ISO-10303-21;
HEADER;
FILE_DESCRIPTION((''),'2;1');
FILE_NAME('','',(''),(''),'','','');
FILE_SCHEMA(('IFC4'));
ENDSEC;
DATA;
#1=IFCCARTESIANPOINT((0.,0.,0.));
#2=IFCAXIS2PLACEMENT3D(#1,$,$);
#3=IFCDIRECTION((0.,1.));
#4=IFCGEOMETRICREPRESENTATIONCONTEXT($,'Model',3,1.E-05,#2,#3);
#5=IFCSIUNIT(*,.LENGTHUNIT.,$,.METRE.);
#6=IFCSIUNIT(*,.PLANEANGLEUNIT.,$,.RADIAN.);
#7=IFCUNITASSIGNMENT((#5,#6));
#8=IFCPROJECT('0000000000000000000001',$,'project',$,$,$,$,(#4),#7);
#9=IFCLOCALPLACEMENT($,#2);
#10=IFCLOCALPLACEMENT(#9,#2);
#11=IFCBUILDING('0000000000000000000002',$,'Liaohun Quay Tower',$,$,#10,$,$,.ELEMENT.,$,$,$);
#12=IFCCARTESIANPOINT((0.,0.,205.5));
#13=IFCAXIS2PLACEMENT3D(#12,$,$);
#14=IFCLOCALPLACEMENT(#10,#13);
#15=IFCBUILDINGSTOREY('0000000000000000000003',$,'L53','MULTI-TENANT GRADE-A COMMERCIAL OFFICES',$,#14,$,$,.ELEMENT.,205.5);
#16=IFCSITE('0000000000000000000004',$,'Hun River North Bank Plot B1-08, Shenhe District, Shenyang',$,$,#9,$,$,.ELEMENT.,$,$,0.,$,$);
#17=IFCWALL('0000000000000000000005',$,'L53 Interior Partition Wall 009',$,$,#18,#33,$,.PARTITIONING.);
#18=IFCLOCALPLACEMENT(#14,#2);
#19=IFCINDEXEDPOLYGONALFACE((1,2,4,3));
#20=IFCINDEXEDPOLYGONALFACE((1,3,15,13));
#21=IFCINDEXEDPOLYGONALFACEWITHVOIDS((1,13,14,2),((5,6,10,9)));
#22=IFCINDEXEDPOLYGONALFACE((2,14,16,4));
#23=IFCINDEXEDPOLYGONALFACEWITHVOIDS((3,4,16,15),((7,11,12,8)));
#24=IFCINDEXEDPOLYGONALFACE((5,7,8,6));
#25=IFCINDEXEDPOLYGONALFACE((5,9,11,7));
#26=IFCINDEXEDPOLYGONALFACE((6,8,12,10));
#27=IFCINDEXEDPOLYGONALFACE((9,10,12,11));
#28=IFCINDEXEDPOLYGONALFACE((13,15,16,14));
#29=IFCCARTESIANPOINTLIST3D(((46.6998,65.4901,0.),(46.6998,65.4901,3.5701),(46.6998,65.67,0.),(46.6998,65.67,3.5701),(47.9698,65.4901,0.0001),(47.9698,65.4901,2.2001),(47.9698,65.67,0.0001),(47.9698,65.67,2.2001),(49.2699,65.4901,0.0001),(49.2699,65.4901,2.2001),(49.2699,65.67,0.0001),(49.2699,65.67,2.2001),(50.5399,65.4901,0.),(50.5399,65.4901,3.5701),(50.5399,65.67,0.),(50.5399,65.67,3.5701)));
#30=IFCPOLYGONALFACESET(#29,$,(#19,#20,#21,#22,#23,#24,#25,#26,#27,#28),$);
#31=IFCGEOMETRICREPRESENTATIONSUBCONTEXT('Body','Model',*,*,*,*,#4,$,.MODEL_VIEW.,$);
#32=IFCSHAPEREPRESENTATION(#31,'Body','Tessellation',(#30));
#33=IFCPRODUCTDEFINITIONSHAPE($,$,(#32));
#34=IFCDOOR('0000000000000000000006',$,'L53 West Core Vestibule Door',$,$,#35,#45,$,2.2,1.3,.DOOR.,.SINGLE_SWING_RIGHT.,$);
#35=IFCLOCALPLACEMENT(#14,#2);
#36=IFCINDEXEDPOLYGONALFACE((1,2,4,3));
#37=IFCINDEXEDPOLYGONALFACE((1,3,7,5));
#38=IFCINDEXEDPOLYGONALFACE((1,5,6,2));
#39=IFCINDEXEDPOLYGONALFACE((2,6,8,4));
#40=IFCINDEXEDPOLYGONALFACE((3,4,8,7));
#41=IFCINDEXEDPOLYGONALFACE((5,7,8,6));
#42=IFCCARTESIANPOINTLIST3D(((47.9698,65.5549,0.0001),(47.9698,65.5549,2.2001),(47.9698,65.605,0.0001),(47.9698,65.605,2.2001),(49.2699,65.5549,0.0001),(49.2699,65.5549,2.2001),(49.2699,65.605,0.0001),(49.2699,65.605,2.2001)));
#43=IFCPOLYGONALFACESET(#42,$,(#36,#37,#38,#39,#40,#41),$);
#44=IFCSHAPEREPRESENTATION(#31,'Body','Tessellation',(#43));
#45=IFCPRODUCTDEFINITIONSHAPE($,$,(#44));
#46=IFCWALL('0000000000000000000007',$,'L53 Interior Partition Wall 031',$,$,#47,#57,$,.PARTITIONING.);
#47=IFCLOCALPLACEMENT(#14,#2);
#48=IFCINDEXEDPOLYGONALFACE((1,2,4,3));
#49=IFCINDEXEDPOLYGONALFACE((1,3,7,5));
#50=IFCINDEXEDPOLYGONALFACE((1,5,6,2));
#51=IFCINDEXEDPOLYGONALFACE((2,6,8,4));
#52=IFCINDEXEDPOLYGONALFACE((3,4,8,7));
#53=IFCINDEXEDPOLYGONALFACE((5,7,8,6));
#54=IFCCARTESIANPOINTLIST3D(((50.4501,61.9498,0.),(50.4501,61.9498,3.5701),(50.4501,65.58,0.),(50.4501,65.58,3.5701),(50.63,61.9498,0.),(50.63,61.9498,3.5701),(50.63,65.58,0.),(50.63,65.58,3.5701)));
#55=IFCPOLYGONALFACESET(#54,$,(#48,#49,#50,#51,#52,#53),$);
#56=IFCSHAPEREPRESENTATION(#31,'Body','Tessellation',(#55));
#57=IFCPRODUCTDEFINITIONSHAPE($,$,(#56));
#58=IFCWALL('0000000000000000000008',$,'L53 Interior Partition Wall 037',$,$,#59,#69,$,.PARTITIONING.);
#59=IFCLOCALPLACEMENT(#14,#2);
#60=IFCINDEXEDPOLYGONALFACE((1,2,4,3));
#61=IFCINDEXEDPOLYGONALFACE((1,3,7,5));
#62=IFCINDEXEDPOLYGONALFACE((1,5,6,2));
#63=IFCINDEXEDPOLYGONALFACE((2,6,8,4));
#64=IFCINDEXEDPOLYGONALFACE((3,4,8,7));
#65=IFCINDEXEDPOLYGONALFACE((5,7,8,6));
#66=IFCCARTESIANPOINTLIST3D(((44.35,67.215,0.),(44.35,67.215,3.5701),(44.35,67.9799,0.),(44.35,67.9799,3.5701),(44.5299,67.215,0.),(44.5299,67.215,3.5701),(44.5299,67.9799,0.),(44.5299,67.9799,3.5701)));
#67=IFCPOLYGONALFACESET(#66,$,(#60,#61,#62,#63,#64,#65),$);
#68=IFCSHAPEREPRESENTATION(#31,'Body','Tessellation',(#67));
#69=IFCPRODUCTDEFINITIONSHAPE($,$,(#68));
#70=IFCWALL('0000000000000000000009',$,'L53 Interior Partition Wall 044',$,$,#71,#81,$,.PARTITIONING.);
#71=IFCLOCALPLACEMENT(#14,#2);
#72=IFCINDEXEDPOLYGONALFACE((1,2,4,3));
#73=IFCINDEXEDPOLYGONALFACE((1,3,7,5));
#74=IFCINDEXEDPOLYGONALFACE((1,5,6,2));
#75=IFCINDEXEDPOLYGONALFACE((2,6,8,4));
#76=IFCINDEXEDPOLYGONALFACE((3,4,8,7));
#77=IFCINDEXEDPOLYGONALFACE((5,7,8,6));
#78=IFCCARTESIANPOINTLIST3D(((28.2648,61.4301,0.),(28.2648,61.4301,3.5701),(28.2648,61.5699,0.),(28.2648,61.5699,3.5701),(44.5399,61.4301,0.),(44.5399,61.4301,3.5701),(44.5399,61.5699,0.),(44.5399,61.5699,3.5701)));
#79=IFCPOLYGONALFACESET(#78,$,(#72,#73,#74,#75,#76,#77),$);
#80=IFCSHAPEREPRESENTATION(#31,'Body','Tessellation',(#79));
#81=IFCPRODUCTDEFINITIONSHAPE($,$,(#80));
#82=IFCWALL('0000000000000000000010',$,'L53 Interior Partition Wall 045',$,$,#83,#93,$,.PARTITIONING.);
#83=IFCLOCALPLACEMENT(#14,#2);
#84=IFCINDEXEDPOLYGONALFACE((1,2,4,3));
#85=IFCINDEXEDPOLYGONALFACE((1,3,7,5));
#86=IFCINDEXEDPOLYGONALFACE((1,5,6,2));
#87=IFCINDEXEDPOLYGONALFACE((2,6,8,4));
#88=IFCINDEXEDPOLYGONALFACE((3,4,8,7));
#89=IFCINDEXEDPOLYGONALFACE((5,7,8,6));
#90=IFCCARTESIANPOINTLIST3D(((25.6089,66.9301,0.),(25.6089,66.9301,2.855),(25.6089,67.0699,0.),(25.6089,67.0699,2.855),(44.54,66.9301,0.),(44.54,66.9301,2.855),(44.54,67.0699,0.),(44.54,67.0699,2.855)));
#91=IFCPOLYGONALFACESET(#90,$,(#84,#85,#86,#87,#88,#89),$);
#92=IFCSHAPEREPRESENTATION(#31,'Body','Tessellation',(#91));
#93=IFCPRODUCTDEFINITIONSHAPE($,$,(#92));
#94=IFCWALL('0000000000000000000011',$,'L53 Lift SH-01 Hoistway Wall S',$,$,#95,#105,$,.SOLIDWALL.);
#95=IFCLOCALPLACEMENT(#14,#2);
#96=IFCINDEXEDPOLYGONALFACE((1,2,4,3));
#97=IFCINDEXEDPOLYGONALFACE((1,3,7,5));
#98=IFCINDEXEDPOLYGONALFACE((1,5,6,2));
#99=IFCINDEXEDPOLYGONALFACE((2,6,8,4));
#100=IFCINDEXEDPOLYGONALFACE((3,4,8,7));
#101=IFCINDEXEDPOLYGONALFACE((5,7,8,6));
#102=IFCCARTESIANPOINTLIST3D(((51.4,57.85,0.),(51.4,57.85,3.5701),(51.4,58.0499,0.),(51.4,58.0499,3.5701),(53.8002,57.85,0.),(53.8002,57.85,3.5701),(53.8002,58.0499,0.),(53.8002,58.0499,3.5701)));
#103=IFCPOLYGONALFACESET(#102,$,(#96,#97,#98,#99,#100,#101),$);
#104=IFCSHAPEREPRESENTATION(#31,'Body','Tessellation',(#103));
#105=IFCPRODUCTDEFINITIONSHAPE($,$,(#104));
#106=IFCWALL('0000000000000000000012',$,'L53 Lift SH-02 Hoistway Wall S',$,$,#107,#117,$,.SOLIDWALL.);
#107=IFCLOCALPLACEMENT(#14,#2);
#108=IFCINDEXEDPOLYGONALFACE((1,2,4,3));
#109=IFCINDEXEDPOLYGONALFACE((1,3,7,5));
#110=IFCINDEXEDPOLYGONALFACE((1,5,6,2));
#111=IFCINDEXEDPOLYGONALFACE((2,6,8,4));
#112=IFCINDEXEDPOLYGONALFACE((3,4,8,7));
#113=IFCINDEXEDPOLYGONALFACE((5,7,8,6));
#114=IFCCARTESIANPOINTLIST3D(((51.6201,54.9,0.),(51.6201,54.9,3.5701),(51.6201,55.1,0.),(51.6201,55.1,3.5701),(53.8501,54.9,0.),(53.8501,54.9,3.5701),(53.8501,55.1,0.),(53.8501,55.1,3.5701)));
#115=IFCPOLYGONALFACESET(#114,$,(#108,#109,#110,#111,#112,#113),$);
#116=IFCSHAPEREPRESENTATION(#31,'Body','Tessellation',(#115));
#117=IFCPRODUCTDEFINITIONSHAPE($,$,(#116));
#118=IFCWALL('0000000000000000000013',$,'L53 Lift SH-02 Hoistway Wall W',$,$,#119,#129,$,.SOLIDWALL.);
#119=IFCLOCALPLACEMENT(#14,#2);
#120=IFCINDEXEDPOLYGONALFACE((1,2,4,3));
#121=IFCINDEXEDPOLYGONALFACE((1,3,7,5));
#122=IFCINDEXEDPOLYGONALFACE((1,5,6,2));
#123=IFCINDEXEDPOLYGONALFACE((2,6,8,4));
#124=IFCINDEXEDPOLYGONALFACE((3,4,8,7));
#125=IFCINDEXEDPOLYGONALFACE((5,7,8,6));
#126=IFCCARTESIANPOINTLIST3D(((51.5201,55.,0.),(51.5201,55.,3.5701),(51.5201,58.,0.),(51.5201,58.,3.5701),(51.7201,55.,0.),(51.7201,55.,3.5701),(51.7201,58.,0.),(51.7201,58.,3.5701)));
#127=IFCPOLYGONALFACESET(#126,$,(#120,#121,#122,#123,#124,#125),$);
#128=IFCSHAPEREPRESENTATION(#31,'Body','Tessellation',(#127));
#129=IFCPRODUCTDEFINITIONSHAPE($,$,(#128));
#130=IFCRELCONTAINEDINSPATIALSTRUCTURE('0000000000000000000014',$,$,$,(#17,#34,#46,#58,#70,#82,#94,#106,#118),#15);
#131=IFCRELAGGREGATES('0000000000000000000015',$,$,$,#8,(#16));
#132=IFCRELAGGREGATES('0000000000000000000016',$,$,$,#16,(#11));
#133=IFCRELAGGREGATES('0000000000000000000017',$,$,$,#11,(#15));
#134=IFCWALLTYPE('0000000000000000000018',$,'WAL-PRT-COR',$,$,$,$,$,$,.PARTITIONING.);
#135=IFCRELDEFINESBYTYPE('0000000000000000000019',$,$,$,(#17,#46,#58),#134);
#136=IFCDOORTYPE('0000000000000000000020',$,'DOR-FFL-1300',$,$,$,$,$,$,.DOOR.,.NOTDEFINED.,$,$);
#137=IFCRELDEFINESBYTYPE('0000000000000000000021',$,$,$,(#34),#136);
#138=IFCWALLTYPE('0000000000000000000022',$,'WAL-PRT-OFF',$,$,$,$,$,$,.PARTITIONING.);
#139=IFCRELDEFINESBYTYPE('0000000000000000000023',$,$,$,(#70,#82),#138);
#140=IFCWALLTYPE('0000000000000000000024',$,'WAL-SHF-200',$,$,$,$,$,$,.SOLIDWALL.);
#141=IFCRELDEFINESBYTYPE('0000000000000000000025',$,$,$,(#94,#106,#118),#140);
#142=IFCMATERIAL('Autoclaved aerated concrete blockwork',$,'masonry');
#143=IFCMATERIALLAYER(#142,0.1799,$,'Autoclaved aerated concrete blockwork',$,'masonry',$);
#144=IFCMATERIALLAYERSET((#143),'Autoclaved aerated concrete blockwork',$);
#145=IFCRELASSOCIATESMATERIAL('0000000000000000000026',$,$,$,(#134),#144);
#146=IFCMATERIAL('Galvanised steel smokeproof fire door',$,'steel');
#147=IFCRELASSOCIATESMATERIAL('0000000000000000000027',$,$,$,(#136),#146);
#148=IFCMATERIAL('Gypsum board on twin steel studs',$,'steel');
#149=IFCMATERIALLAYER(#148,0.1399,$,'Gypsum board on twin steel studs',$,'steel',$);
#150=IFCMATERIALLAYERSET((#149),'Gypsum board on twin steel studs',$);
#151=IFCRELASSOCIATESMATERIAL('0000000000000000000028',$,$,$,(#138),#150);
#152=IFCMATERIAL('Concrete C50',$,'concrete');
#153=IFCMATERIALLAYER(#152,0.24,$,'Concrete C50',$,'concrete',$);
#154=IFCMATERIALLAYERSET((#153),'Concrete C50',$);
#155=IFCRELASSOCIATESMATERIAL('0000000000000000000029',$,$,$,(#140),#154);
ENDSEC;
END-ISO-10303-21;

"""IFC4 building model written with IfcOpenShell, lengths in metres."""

from ifc_helpers import new_model, si_unit, direction, frame, frame_2d, origin, place, context, subcontext, project, spatial, rectangle, extrude, source, transform, mapped, material, layer, layer_set, type_object, element, fill, save


model = new_model("IFC4")

# Units and contexts
model_context = context("Model", 3, precision=1e-05, world=origin(), true_north=direction((0.0, 1.0)))
body_context = subcontext(model_context, "Body", "Model", "MODEL_VIEW")
ifc_project = project(units=[si_unit("LENGTHUNIT", "METRE"), si_unit("PLANEANGLEUNIT", "RADIAN")], contexts=[model_context])

# Site, building, storey
site_placement = place(None, origin())
site = spatial("IfcSite", under=ifc_project, at=site_placement, Name="Hun River North Bank Plot B1-08, Shenhe District, Shenyang", CompositionType="ELEMENT", RefElevation=0.0)
building_placement = place(site_placement, origin())
building = spatial("IfcBuilding", under=site, at=building_placement, Name="Liaohun Quay Tower", CompositionType="ELEMENT")
storey_placement = place(building_placement, frame((0.0, 0.0, 205.5)))
storey = spatial("IfcBuildingStorey", under=building, at=storey_placement, Name="L53", Description="MULTI-TENANT GRADE-A COMMERCIAL OFFICES", CompositionType="ELEMENT", Elevation=205.5)

# Wall, opening, door
ifc_material_1 = material(Name="Autoclaved aerated concrete blockwork", Category="masonry")
ifc_layer_1 = layer(ifc_material_1, 0.1799, Name="Autoclaved aerated concrete blockwork", Category="masonry")
ifc_layer_set_1 = layer_set([ifc_layer_1], Name="Autoclaved aerated concrete blockwork")
wall_type_1 = type_object("IfcWallType", Name="WAL-PRT-COR", PredefinedType="PARTITIONING", material=ifc_layer_set_1)
wall_1_placement = place(storey_placement, frame((46.7, 65.5801, 0.0), z_axis=(0.0, 0.0, 1.0), x_axis=(1.0, 0.0, 0.0)))
wall_1 = element("IfcWall", 1, at=wall_1_placement, inside=storey, type_object=wall_type_1, Name="L53 Interior Partition Wall 009", PredefinedType="PARTITIONING", context=body_context, shape_type="SweptSolid", body=[
    extrude(rectangle(XDim=3.8401, YDim=0.1799, at=frame_2d((1.9199, 0.0))), origin(), (0.0, 0.0, 1.0), 3.5701),
])
shared_shape_1 = source(origin(), body_context, "Body", "SweptSolid", [
    extrude(rectangle(XDim=1.3, YDim=2.2, at=frame_2d((0.6499, 1.1001))), frame((0.0, 0.0999, 0.0), z_axis=(0.0, -1.0, 0.0), x_axis=(1.0, 0.0, 0.0)), (0.0, 0.0, 1.0), 0.2),
])
opening_1_placement = place(wall_1_placement, frame((1.27, 0.0, 0.0)))
opening_1 = element("IfcOpeningElement", 2, at=opening_1_placement, cuts=wall_1, PredefinedType="OPENING", context=body_context, shape_type="MappedRepresentation", body=[
    mapped(shared_shape_1, transform((0.0, 0.0, 0.0), x_axis=(1.0, 0.0, 0.0), y_axis=(0.0, 1.0, 0.0), z_axis=(0.0, 0.0, 1.0), scale=1.0)),
])
ifc_material_2 = material(Name="Galvanised steel smokeproof fire door", Category="steel")
door_type_1 = type_object("IfcDoorType", Name="DOR-FFL-1300", OperationType="NOTDEFINED", PredefinedType="DOOR", material=ifc_material_2)
shared_shape_2 = source(origin(), body_context, "Body", "SweptSolid", [
    extrude(rectangle(XDim=1.3, YDim=2.2, at=frame_2d((0.6499, 1.1001))), frame((0.0, 0.0249, 0.0), z_axis=(0.0, -1.0, 0.0), x_axis=(1.0, 0.0, 0.0)), (0.0, 0.0, 1.0), 0.05),
])
door_1_placement = place(opening_1_placement, origin())
door_1 = element("IfcDoor", 3, at=door_1_placement, inside=storey, type_object=door_type_1, Name="L53 West Core Vestibule Door", OperationType="SINGLE_SWING_RIGHT", OverallHeight=2.2, OverallWidth=1.3, PredefinedType="DOOR", context=body_context, shape_type="MappedRepresentation", body=[
    mapped(shared_shape_2, transform((0.0, 0.0, 0.0), x_axis=(1.0, 0.0, 0.0), y_axis=(0.0, 1.0, 0.0), z_axis=(0.0, 0.0, 1.0), scale=1.0)),
])
fill(opening_1, door_1)

# Walls
wall_2_placement = place(storey_placement, frame((50.54, 61.95, 0.0), z_axis=(0.0, 0.0, 1.0), x_axis=(0.0, 1.0, 0.0)))
element("IfcWall", 4, at=wall_2_placement, inside=storey, type_object=wall_type_1, Name="L53 Interior Partition Wall 031", PredefinedType="PARTITIONING", context=body_context, shape_type="SweptSolid", body=[
    extrude(rectangle(XDim=3.6301, YDim=0.1799, at=frame_2d((1.8149, 0.0))), origin(), (0.0, 0.0, 1.0), 3.5701),
])
wall_3_placement = place(storey_placement, frame((44.4399, 67.2151, 0.0), z_axis=(0.0, 0.0, 1.0), x_axis=(0.0, 1.0, 0.0)))
element("IfcWall", 5, at=wall_3_placement, inside=storey, type_object=wall_type_1, Name="L53 Interior Partition Wall 037", PredefinedType="PARTITIONING", context=body_context, shape_type="SweptSolid", body=[
    extrude(rectangle(XDim=0.7649, YDim=0.1799, at=frame_2d((0.3823, 0.0))), origin(), (0.0, 0.0, 1.0), 3.5701),
])
ifc_material_3 = material(Name="Gypsum board on twin steel studs", Category="steel")
ifc_layer_2 = layer(ifc_material_3, 0.1399, Name="Gypsum board on twin steel studs", Category="steel")
ifc_layer_set_2 = layer_set([ifc_layer_2], Name="Gypsum board on twin steel studs")
wall_type_2 = type_object("IfcWallType", Name="WAL-PRT-OFF", PredefinedType="PARTITIONING", material=ifc_layer_set_2)
wall_4_placement = place(storey_placement, frame((44.54, 61.5, 0.0), z_axis=(0.0, 0.0, 1.0), x_axis=(-1.0, 0.0, 0.0)))
element("IfcWall", 6, at=wall_4_placement, inside=storey, type_object=wall_type_2, Name="L53 Interior Partition Wall 044", PredefinedType="PARTITIONING", context=body_context, shape_type="SweptSolid", body=[
    extrude(rectangle(XDim=16.2751, YDim=0.1399, at=frame_2d((8.1377, 0.0))), origin(), (0.0, 0.0, 1.0), 3.5701),
])
wall_5_placement = place(storey_placement, frame((44.54, 67.0, 0.0), z_axis=(0.0, 0.0, 1.0), x_axis=(-1.0, 0.0, 0.0)))
element("IfcWall", 7, at=wall_5_placement, inside=storey, type_object=wall_type_2, Name="L53 Interior Partition Wall 045", PredefinedType="PARTITIONING", context=body_context, shape_type="SweptSolid", body=[
    extrude(rectangle(XDim=18.9312, YDim=0.1399, at=frame_2d((9.4656, 0.0))), origin(), (0.0, 0.0, 1.0), 2.855),
])
ifc_material_4 = material(Name="Concrete C50", Category="concrete")
ifc_layer_3 = layer(ifc_material_4, 0.24, Name="Concrete C50", Category="concrete")
ifc_layer_set_3 = layer_set([ifc_layer_3], Name="Concrete C50")
wall_type_3 = type_object("IfcWallType", Name="WAL-SHF-200", PredefinedType="SOLIDWALL", material=ifc_layer_set_3)
wall_6_placement = place(storey_placement, frame((51.3999, 57.95, 0.0), z_axis=(0.0, 0.0, 1.0), x_axis=(1.0, 0.0, 0.0)))
element("IfcWall", 8, at=wall_6_placement, inside=storey, type_object=wall_type_3, Name="L53 Lift SH-01 Hoistway Wall S", PredefinedType="SOLIDWALL", context=body_context, shape_type="SweptSolid", body=[
    extrude(rectangle(XDim=2.4001, YDim=0.2, at=frame_2d((1.2002, 0.0))), origin(), (0.0, 0.0, 1.0), 3.5701),
])
wall_7_placement = place(storey_placement, frame((51.6201, 55.0, 0.0), z_axis=(0.0, 0.0, 1.0), x_axis=(1.0, 0.0, 0.0)))
element("IfcWall", 9, at=wall_7_placement, inside=storey, type_object=wall_type_3, Name="L53 Lift SH-02 Hoistway Wall S", PredefinedType="SOLIDWALL", context=body_context, shape_type="SweptSolid", body=[
    extrude(rectangle(XDim=2.23, YDim=0.2, at=frame_2d((1.115, 0.0))), origin(), (0.0, 0.0, 1.0), 3.5701),
])
wall_8_placement = place(storey_placement, frame((51.6201, 58.0, 0.0), z_axis=(0.0, 0.0, 1.0), x_axis=(0.0, -1.0, 0.0)))
element("IfcWall", 10, at=wall_8_placement, inside=storey, type_object=wall_type_3, Name="L53 Lift SH-02 Hoistway Wall W", PredefinedType="SOLIDWALL", context=body_context, shape_type="SweptSolid", body=[
    extrude(rectangle(XDim=3.0, YDim=0.2, at=frame_2d((1.5, 0.0))), origin(), (0.0, 0.0, 1.0), 3.5701),
])

save(model, "model.ifc")
